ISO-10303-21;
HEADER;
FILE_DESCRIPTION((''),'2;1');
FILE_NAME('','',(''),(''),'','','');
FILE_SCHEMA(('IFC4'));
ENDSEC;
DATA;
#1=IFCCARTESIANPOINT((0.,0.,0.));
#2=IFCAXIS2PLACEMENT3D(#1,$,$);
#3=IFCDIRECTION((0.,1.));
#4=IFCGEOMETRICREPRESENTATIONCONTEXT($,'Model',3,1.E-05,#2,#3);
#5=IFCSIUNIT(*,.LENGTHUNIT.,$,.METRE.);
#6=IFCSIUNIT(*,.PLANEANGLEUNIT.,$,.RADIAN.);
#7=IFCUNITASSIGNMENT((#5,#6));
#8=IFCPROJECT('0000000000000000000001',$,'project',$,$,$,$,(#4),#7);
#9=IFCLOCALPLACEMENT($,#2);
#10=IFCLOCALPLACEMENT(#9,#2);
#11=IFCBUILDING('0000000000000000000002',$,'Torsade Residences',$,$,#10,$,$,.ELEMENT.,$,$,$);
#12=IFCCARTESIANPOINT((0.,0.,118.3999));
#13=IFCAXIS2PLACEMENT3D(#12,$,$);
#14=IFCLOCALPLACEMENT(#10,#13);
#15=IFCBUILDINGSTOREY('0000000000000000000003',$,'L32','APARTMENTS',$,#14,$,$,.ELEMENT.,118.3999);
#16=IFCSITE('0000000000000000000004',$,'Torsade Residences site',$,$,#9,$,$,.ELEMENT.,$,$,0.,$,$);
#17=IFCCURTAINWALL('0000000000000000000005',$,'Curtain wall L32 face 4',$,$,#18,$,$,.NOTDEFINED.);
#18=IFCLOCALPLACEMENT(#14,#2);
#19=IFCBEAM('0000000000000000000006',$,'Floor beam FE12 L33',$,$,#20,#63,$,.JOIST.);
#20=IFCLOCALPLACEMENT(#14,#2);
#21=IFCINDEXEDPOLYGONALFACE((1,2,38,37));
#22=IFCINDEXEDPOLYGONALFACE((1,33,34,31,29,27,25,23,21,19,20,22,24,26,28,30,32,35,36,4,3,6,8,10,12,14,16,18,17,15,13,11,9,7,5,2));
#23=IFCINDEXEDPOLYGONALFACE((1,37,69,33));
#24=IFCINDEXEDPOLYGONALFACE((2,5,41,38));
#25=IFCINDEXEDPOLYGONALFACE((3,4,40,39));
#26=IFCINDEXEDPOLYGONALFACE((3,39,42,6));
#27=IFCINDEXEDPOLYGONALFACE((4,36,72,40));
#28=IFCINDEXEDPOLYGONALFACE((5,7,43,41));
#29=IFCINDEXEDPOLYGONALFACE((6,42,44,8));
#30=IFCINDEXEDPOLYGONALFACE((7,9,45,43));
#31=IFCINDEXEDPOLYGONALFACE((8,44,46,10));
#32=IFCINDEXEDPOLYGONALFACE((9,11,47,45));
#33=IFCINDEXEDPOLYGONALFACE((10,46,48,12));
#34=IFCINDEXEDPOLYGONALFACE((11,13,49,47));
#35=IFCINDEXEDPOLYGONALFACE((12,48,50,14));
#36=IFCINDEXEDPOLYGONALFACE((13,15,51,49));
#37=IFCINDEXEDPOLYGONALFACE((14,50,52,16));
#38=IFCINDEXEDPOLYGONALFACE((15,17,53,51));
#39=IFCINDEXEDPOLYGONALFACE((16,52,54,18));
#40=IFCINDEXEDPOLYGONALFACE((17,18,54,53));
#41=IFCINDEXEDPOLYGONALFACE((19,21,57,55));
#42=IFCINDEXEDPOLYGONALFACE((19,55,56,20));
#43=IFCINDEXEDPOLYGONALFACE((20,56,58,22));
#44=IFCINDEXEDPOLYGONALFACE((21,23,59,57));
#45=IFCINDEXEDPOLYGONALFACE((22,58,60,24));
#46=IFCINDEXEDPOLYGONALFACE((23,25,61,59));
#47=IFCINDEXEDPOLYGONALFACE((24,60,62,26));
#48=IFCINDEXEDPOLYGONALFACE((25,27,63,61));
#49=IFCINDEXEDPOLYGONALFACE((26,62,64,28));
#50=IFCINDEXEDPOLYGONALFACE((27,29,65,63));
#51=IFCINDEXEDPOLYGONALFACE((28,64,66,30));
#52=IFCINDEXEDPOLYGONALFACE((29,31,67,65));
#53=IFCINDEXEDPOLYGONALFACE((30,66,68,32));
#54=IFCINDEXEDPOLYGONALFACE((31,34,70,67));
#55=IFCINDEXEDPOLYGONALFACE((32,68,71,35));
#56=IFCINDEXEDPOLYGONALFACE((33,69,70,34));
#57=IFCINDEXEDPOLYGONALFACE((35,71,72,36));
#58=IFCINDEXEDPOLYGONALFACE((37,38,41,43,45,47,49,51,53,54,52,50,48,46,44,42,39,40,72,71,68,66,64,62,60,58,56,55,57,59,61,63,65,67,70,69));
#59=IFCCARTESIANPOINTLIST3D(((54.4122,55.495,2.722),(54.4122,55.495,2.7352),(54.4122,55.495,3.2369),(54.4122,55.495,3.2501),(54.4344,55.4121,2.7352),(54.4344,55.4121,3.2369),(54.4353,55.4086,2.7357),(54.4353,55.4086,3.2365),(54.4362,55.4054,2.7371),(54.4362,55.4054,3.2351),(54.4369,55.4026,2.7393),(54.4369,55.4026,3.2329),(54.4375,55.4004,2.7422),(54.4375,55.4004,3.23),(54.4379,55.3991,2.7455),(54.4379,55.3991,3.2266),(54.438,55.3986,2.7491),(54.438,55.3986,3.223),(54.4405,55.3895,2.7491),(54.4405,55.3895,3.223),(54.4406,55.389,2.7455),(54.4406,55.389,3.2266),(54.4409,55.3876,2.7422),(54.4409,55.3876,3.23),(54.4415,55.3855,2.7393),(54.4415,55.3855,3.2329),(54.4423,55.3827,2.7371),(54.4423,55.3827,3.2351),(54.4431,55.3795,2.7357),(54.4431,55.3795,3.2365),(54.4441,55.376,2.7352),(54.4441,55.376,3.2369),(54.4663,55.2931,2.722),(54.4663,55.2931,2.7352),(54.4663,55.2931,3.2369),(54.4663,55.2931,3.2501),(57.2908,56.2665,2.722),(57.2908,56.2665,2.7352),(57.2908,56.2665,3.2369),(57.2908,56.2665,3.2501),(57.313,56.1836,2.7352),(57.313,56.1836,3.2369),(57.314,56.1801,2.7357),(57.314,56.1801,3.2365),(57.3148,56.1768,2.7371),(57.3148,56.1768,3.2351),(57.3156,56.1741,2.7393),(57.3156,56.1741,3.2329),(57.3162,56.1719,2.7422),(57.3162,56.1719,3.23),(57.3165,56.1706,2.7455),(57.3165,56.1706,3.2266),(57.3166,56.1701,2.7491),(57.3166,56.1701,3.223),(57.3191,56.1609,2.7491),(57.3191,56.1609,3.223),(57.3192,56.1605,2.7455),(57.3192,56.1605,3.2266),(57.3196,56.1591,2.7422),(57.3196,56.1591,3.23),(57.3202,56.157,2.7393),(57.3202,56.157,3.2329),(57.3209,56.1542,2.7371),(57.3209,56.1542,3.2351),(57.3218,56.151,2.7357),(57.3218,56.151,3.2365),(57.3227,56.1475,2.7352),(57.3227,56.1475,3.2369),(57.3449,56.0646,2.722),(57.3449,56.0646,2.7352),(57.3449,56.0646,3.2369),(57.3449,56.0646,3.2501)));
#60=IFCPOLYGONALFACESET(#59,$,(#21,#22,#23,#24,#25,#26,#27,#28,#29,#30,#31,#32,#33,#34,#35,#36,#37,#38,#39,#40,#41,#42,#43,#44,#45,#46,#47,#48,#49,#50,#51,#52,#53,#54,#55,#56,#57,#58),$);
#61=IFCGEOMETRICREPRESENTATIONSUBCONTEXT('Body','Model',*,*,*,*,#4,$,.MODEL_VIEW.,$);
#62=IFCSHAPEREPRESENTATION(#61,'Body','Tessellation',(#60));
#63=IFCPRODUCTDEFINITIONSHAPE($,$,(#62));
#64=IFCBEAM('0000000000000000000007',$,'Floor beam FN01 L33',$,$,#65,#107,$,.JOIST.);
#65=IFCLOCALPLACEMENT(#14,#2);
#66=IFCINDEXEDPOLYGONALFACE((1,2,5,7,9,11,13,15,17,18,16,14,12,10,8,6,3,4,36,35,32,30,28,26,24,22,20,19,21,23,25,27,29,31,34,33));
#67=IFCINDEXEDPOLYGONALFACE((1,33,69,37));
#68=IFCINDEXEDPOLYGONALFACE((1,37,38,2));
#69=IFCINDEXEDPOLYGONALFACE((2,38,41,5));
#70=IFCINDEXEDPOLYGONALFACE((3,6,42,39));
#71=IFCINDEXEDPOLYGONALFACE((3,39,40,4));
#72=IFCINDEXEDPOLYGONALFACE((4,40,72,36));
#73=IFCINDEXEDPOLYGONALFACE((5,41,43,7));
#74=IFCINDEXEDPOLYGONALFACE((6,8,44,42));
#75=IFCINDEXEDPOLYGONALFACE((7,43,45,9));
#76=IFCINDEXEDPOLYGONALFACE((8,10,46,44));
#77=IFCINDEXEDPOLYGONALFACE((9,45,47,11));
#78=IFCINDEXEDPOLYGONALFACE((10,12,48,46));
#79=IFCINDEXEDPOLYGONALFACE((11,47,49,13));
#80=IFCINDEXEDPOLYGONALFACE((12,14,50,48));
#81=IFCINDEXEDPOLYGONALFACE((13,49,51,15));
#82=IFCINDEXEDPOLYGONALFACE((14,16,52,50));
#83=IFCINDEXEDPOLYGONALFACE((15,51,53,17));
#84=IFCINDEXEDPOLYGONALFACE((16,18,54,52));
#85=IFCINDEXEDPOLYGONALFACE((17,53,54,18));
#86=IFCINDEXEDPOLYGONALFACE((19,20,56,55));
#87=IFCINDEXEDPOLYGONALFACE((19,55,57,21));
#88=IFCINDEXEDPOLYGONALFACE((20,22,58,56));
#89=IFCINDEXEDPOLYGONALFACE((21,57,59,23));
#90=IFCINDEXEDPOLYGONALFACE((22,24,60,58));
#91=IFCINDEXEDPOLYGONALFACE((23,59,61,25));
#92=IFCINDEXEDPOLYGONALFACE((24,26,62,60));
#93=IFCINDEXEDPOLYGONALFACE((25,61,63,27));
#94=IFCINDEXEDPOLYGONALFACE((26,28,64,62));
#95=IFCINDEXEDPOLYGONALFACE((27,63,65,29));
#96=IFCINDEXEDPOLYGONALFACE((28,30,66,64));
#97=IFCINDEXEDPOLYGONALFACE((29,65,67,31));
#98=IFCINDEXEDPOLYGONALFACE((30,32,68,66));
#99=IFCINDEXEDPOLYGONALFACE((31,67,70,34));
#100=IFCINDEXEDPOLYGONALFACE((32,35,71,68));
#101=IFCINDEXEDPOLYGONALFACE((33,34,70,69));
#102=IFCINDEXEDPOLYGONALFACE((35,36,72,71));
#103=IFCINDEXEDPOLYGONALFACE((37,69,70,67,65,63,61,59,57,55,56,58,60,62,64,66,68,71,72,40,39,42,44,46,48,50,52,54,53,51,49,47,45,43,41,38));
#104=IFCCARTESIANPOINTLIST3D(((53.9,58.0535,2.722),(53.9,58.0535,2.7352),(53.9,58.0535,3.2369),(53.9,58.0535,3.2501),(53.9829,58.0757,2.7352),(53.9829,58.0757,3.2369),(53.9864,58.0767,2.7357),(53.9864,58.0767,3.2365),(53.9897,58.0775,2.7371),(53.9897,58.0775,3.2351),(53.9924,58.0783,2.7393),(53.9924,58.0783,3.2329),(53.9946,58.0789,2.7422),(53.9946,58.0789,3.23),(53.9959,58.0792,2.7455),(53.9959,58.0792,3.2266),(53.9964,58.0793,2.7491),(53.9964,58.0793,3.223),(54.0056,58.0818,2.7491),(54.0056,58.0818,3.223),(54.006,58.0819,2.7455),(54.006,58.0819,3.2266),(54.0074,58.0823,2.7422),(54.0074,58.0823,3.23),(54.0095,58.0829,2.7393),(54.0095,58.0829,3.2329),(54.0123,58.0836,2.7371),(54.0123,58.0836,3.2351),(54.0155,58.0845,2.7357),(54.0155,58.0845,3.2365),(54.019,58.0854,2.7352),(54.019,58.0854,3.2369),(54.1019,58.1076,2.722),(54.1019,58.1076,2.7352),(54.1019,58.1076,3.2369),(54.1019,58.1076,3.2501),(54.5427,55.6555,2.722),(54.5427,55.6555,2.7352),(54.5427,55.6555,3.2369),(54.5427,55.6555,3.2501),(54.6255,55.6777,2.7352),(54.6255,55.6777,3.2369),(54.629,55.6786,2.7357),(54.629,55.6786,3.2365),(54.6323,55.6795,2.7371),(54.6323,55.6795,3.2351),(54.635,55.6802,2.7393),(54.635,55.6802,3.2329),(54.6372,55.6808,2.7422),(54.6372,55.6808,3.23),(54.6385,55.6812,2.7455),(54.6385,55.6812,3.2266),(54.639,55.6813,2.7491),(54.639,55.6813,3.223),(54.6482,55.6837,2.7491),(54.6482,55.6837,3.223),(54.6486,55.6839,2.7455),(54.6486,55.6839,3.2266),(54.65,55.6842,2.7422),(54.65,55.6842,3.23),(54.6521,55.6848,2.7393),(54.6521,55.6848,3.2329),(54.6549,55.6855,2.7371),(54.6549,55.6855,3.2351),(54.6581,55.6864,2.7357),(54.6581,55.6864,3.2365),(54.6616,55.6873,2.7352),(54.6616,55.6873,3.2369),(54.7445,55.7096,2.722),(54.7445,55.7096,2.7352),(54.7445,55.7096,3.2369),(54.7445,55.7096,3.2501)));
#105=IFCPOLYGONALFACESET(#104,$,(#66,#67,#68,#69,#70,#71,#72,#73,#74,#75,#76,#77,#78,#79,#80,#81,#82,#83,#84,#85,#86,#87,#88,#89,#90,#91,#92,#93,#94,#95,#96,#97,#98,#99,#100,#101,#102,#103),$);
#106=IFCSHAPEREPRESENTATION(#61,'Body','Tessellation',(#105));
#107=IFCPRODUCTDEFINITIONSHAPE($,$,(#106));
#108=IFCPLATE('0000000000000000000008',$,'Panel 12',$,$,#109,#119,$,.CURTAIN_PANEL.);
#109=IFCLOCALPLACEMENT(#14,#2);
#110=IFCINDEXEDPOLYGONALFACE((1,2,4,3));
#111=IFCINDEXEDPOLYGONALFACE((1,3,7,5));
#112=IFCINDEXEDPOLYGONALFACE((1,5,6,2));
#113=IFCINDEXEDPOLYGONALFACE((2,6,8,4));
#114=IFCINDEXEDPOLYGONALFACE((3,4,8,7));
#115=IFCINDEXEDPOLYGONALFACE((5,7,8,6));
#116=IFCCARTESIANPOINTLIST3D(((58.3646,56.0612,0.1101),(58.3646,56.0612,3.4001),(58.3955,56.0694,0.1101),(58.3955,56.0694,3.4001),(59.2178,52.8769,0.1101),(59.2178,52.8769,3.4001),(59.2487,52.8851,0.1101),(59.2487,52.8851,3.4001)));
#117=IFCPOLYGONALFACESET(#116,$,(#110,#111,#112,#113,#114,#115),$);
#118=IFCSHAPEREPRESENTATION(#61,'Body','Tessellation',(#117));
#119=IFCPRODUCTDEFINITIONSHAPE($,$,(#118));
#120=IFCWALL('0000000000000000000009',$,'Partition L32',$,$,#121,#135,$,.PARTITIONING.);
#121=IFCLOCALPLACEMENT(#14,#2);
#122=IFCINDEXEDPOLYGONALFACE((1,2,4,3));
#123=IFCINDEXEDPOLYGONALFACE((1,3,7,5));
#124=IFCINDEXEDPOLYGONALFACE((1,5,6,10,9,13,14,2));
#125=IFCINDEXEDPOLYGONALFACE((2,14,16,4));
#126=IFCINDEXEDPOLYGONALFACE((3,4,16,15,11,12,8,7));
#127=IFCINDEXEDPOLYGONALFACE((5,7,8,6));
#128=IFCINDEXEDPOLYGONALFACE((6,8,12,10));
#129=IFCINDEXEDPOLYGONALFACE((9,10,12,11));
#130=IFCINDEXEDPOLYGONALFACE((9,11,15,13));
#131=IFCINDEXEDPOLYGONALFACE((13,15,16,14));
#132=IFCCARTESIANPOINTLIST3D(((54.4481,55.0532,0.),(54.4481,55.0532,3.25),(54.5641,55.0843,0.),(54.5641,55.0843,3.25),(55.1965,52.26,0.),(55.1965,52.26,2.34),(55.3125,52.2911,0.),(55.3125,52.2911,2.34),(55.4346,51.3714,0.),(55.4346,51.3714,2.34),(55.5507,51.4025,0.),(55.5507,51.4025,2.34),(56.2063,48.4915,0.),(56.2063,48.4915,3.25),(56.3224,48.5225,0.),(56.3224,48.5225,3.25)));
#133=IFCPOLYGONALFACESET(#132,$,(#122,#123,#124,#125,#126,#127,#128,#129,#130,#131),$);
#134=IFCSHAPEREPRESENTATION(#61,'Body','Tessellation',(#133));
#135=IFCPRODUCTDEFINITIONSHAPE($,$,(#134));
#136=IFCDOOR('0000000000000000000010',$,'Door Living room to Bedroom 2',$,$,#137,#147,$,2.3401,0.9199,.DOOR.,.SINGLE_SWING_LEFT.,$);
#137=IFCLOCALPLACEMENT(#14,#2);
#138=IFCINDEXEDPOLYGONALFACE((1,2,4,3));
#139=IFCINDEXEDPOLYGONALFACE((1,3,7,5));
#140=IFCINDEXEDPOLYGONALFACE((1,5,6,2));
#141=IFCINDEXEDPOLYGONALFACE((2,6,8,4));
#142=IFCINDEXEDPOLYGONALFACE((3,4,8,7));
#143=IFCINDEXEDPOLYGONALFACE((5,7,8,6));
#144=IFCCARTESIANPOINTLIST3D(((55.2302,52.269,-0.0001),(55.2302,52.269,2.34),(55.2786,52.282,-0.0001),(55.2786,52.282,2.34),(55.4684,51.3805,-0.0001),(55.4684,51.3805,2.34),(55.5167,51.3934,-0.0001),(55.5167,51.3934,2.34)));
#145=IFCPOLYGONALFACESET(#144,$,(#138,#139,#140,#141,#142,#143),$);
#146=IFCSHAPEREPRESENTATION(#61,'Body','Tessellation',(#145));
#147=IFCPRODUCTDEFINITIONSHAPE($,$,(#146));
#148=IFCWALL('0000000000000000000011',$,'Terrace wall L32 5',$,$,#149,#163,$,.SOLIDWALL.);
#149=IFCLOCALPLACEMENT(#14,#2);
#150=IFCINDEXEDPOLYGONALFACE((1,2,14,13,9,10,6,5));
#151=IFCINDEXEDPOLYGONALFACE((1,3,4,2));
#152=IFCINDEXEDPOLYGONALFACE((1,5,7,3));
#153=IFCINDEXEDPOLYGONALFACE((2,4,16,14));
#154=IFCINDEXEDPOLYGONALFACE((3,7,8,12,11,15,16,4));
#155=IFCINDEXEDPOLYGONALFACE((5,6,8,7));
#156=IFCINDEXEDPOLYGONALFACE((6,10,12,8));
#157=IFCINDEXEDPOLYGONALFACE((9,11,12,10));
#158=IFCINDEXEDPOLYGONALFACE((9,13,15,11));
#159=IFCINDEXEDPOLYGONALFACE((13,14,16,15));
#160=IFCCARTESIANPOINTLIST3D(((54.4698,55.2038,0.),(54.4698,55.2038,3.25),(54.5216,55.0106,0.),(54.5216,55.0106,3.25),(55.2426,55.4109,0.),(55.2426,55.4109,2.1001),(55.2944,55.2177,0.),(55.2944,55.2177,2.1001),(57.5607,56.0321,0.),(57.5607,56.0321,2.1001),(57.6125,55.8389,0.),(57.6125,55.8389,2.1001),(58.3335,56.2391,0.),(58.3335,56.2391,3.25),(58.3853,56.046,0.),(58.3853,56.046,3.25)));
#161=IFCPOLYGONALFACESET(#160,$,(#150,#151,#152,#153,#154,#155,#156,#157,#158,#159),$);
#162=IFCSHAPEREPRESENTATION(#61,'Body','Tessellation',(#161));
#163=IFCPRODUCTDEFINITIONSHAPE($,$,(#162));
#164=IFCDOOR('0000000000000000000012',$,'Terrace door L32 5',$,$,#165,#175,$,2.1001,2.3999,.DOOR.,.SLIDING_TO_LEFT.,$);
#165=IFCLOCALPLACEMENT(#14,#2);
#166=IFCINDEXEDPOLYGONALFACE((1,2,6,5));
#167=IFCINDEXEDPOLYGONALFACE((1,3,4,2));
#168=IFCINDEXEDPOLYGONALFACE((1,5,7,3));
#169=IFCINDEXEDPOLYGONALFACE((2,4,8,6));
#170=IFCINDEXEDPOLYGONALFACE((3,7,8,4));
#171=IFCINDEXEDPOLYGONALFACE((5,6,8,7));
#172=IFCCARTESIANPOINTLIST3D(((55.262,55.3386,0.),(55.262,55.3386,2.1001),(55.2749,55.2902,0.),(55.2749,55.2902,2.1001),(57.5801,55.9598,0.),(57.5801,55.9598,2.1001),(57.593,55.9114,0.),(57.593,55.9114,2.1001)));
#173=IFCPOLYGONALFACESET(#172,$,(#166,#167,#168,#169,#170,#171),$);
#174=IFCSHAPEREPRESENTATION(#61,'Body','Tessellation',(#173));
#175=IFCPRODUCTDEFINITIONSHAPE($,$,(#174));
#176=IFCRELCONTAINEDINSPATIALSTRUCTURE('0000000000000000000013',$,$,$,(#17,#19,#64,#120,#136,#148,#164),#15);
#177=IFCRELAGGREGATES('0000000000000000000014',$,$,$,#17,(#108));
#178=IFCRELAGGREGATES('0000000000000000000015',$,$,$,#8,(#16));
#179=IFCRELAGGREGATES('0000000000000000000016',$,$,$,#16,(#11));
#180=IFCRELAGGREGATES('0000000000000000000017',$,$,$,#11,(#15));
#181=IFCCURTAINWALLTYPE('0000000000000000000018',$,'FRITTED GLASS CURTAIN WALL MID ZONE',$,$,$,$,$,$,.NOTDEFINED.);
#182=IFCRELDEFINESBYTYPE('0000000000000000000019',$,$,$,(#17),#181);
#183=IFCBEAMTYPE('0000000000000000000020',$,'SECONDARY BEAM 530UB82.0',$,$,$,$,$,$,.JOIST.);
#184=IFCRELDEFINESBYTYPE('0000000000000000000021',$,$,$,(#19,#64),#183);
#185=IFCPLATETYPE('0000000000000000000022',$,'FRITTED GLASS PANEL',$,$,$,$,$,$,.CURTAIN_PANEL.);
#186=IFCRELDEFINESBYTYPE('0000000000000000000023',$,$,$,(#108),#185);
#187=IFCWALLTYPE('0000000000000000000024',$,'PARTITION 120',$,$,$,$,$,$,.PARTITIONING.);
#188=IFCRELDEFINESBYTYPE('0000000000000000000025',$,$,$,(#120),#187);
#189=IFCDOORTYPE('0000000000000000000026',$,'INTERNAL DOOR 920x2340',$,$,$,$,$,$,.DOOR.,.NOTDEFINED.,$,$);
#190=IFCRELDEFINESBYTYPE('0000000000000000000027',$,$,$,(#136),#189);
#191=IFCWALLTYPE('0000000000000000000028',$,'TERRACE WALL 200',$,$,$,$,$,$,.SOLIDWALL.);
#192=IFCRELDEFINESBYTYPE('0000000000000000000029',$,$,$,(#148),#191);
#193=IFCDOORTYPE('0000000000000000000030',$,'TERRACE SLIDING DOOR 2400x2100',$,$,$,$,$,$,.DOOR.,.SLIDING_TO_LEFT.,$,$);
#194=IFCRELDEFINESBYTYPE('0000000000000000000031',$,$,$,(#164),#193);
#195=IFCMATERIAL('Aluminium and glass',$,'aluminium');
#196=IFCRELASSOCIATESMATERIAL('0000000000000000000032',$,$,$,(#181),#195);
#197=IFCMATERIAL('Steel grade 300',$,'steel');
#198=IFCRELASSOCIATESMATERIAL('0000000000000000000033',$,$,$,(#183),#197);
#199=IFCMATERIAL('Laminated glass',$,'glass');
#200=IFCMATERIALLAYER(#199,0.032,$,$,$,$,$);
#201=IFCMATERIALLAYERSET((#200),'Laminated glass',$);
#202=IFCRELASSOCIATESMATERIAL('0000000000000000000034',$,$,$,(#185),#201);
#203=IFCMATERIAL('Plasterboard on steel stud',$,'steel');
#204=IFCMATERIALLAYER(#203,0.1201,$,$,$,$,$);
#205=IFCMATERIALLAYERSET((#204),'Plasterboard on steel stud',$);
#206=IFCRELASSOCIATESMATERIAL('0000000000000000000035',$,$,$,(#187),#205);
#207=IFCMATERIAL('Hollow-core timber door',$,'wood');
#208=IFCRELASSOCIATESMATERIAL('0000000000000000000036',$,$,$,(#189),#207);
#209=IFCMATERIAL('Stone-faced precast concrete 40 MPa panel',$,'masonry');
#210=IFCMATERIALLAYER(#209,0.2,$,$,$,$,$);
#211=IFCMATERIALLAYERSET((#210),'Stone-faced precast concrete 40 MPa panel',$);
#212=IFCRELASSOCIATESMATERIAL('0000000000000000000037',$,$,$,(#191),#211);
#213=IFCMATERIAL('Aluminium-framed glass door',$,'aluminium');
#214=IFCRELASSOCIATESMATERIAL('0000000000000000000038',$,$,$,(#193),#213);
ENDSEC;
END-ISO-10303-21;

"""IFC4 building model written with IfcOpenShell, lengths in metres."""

from ifc_helpers import new_model, si_unit, direction, frame, frame_2d, origin, origin_2d, place, context, subcontext, project, spatial, rectangle, i_section, extrude, material, layer, layer_set, material_profile, profile_set, type_object, element, fill, aggregate, save


model = new_model("IFC4")

# Units and contexts
model_context = context("Model", 3, precision=1e-05, world=origin(), true_north=direction((0.0, 1.0)))
body_context = subcontext(model_context, "Body", "Model", "MODEL_VIEW")
ifc_project = project(units=[si_unit("LENGTHUNIT", "METRE"), si_unit("PLANEANGLEUNIT", "RADIAN")], contexts=[model_context])

# Site, building, storey
site_placement = place(None, origin())
site = spatial("IfcSite", under=ifc_project, at=site_placement, Name="Torsade Residences site", CompositionType="ELEMENT", RefElevation=0.0)
building_placement = place(site_placement, origin())
building = spatial("IfcBuilding", under=site, at=building_placement, Name="Torsade Residences", CompositionType="ELEMENT")
storey_placement = place(building_placement, frame((0.0, 0.0, 118.3999)))
storey = spatial("IfcBuildingStorey", under=building, at=storey_placement, Name="L32", Description="APARTMENTS", CompositionType="ELEMENT", Elevation=118.3999)

# Curtain wall
ifc_material_1 = material(Name="Aluminium and glass", Category="aluminium")
curtain_wall_type = type_object("IfcCurtainWallType", Name="FRITTED GLASS CURTAIN WALL MID ZONE", PredefinedType="NOTDEFINED", material=ifc_material_1)
curtain_wall_1_placement = place(storey_placement, origin())
curtain_wall_1 = element("IfcCurtainWall", 1, at=curtain_wall_1_placement, inside=storey, type_object=curtain_wall_type, Name="Curtain wall L32 face 4", PredefinedType="NOTDEFINED")

# Beams
ifc_material_2 = material(Name="Steel grade 300", Category="steel")
ifc_material_profile_1 = material_profile(ifc_material_2, i_section(OverallWidth=0.209, OverallDepth=0.5281, WebThickness=0.0095, FlangeThickness=0.0132, FilletRadius=0.0139, at=origin_2d()), Name="530UB82.0")
ifc_profile_set_1 = profile_set([ifc_material_profile_1], Name="Steel grade 300")
beam_type_1 = type_object("IfcBeamType", Name="SECONDARY BEAM 530UB82.0", PredefinedType="JOIST", material=ifc_profile_set_1)
beam_1_placement = place(storey_placement, frame((57.3179, 56.1655, 2.9861), z_axis=(-0.965913, -0.258866, 0.0), x_axis=(0.258866, -0.965913, 0.0)))
element("IfcBeam", 2, at=beam_1_placement, inside=storey, type_object=beam_type_1, Name="Floor beam FE12 L33", PredefinedType="JOIST", context=body_context, shape_type="SweptSolid", body=[
    extrude(i_section(OverallWidth=0.209, OverallDepth=0.5281, WebThickness=0.0095, FlangeThickness=0.0132, FilletRadius=0.0139, at=origin_2d()), origin(), (0.0, 0.0, 1.0), 2.9802),
])
beam_2_placement = place(storey_placement, frame((54.001, 58.0806, 2.9861), z_axis=(0.258838, -0.965921, 0.0), x_axis=(0.965921, 0.258838, 0.0)))
element("IfcBeam", 3, at=beam_2_placement, inside=storey, type_object=beam_type_1, Name="Floor beam FN01 L33", PredefinedType="JOIST", context=body_context, shape_type="SweptSolid", body=[
    extrude(i_section(OverallWidth=0.209, OverallDepth=0.5281, WebThickness=0.0095, FlangeThickness=0.0132, FilletRadius=0.0139, at=origin_2d()), origin(), (0.0, 0.0, 1.0), 2.4827),
])

# Plate
ifc_material_3 = material(Name="Laminated glass", Category="glass")
ifc_layer_1 = layer(ifc_material_3, 0.032)
ifc_layer_set_1 = layer_set([ifc_layer_1], Name="Laminated glass")
plate_type = type_object("IfcPlateType", Name="FRITTED GLASS PANEL", PredefinedType="CURTAIN_PANEL", material=ifc_layer_set_1)
plate_placement = place(storey_placement, frame((58.8066, 54.4731, 0.1101), z_axis=(0.0, 0.0, 1.0), x_axis=(-0.258819, 0.965926, 0.0)))
plate = element("IfcPlate", 4, at=plate_placement, type_object=plate_type, Name="Panel 12", PredefinedType="CURTAIN_PANEL", context=body_context, shape_type="SweptSolid", body=[
    extrude(rectangle(XDim=3.2966, YDim=0.032, at=origin_2d()), origin(), (0.0, 0.0, 1.0), 3.29),
])
aggregate(curtain_wall_1, [plate])

# Walls, openings, doors
ifc_material_4 = material(Name="Plasterboard on steel stud", Category="steel")
ifc_layer_2 = layer(ifc_material_4, 0.1201)
ifc_layer_set_2 = layer_set([ifc_layer_2], Name="Plasterboard on steel stud")
wall_type_1 = type_object("IfcWallType", Name="PARTITION 120", PredefinedType="PARTITIONING", material=ifc_layer_set_2)
wall_1_placement = place(storey_placement, frame((54.5061, 55.0686, 0.0), z_axis=(0.0, 0.0, 1.0), x_axis=(0.25883, -0.965923, 0.0)))
wall_1 = element("IfcWall", 5, at=wall_1_placement, inside=storey, type_object=wall_type_1, Name="Partition L32", PredefinedType="PARTITIONING", context=body_context, shape_type="SweptSolid", body=[
    extrude(rectangle(XDim=6.7932, YDim=0.1201, at=frame_2d((3.3965, 0.0))), origin(), (0.0, 0.0, 1.0), 3.25),
])
opening_1_placement = place(wall_1_placement, frame((2.8916, 0.0, 0.0)))
opening_1 = element("IfcOpeningElement", 6, at=opening_1_placement, cuts=wall_1, PredefinedType="OPENING", context=body_context, shape_type="SweptSolid", body=[
    extrude(rectangle(XDim=0.9199, YDim=2.3401, at=frame_2d((0.46, 1.1699))), frame((0.0, 0.0701, 0.0), z_axis=(0.0, -1.0, 0.0), x_axis=(1.0, 0.0, 0.0)), (0.0, 0.0, 1.0), 0.1401),
])
ifc_material_5 = material(Name="Hollow-core timber door", Category="wood")
door_type_1 = type_object("IfcDoorType", Name="INTERNAL DOOR 920x2340", OperationType="NOTDEFINED", PredefinedType="DOOR", material=ifc_material_5)
door_1_placement = place(opening_1_placement, origin())
door_1 = element("IfcDoor", 7, at=door_1_placement, inside=storey, type_object=door_type_1, Name="Door Living room to Bedroom 2", OperationType="SINGLE_SWING_LEFT", OverallHeight=2.3401, OverallWidth=0.9199, PredefinedType="DOOR", context=body_context, shape_type="SweptSolid", body=[
    extrude(rectangle(XDim=0.9199, YDim=2.3401, at=frame_2d((0.46, 1.1699))), frame((0.0, 0.0249, 0.0), z_axis=(0.0, -1.0, 0.0), x_axis=(1.0, 0.0, 0.0)), (0.0, 0.0, 1.0), 0.05),
])
fill(opening_1, door_1)
ifc_material_6 = material(Name="Stone-faced precast concrete 40 MPa panel", Category="masonry")
ifc_layer_3 = layer(ifc_material_6, 0.2)
ifc_layer_set_3 = layer_set([ifc_layer_3], Name="Stone-faced precast concrete 40 MPa panel")
wall_type_2 = type_object("IfcWallType", Name="TERRACE WALL 200", PredefinedType="SOLIDWALL", material=ifc_layer_set_3)
wall_2_placement = place(storey_placement, frame((58.3594, 56.1426, 0.0), z_axis=(0.0, 0.0, 1.0), x_axis=(-0.965919, -0.258844, 0.0)))
wall_2 = element("IfcWall", 8, at=wall_2_placement, inside=storey, type_object=wall_type_2, Name="Terrace wall L32 5", PredefinedType="SOLIDWALL", context=body_context, shape_type="SweptSolid", body=[
    extrude(rectangle(XDim=4.0, YDim=0.2, at=frame_2d((2.0, 0.0))), origin(), (0.0, 0.0, 1.0), 3.25),
])
opening_2_placement = place(wall_2_placement, frame((0.8, 0.0, 0.0)))
opening_2 = element("IfcOpeningElement", 9, at=opening_2_placement, cuts=wall_2, PredefinedType="OPENING", context=body_context, shape_type="SweptSolid", body=[
    extrude(rectangle(XDim=2.3999, YDim=2.1001, at=frame_2d((1.2, 1.05))), frame((0.0, 0.1099, 0.0), z_axis=(0.0, -1.0, 0.0), x_axis=(1.0, 0.0, 0.0)), (0.0, 0.0, 1.0), 0.22),
])
ifc_material_7 = material(Name="Aluminium-framed glass door", Category="aluminium")
door_type_2 = type_object("IfcDoorType", Name="TERRACE SLIDING DOOR 2400x2100", OperationType="SLIDING_TO_LEFT", PredefinedType="DOOR", material=ifc_material_7)
door_2_placement = place(opening_2_placement, origin())
door_2 = element("IfcDoor", 10, at=door_2_placement, inside=storey, type_object=door_type_2, Name="Terrace door L32 5", OperationType="SLIDING_TO_LEFT", OverallHeight=2.1001, OverallWidth=2.3999, PredefinedType="DOOR", context=body_context, shape_type="SweptSolid", body=[
    extrude(rectangle(XDim=2.3999, YDim=2.1001, at=frame_2d((1.2, 1.05))), frame((0.0, 0.0249, 0.0), z_axis=(0.0, -1.0, 0.0), x_axis=(1.0, 0.0, 0.0)), (0.0, 0.0, 1.0), 0.05),
])
fill(opening_2, door_2)

save(model, "model.ifc")
